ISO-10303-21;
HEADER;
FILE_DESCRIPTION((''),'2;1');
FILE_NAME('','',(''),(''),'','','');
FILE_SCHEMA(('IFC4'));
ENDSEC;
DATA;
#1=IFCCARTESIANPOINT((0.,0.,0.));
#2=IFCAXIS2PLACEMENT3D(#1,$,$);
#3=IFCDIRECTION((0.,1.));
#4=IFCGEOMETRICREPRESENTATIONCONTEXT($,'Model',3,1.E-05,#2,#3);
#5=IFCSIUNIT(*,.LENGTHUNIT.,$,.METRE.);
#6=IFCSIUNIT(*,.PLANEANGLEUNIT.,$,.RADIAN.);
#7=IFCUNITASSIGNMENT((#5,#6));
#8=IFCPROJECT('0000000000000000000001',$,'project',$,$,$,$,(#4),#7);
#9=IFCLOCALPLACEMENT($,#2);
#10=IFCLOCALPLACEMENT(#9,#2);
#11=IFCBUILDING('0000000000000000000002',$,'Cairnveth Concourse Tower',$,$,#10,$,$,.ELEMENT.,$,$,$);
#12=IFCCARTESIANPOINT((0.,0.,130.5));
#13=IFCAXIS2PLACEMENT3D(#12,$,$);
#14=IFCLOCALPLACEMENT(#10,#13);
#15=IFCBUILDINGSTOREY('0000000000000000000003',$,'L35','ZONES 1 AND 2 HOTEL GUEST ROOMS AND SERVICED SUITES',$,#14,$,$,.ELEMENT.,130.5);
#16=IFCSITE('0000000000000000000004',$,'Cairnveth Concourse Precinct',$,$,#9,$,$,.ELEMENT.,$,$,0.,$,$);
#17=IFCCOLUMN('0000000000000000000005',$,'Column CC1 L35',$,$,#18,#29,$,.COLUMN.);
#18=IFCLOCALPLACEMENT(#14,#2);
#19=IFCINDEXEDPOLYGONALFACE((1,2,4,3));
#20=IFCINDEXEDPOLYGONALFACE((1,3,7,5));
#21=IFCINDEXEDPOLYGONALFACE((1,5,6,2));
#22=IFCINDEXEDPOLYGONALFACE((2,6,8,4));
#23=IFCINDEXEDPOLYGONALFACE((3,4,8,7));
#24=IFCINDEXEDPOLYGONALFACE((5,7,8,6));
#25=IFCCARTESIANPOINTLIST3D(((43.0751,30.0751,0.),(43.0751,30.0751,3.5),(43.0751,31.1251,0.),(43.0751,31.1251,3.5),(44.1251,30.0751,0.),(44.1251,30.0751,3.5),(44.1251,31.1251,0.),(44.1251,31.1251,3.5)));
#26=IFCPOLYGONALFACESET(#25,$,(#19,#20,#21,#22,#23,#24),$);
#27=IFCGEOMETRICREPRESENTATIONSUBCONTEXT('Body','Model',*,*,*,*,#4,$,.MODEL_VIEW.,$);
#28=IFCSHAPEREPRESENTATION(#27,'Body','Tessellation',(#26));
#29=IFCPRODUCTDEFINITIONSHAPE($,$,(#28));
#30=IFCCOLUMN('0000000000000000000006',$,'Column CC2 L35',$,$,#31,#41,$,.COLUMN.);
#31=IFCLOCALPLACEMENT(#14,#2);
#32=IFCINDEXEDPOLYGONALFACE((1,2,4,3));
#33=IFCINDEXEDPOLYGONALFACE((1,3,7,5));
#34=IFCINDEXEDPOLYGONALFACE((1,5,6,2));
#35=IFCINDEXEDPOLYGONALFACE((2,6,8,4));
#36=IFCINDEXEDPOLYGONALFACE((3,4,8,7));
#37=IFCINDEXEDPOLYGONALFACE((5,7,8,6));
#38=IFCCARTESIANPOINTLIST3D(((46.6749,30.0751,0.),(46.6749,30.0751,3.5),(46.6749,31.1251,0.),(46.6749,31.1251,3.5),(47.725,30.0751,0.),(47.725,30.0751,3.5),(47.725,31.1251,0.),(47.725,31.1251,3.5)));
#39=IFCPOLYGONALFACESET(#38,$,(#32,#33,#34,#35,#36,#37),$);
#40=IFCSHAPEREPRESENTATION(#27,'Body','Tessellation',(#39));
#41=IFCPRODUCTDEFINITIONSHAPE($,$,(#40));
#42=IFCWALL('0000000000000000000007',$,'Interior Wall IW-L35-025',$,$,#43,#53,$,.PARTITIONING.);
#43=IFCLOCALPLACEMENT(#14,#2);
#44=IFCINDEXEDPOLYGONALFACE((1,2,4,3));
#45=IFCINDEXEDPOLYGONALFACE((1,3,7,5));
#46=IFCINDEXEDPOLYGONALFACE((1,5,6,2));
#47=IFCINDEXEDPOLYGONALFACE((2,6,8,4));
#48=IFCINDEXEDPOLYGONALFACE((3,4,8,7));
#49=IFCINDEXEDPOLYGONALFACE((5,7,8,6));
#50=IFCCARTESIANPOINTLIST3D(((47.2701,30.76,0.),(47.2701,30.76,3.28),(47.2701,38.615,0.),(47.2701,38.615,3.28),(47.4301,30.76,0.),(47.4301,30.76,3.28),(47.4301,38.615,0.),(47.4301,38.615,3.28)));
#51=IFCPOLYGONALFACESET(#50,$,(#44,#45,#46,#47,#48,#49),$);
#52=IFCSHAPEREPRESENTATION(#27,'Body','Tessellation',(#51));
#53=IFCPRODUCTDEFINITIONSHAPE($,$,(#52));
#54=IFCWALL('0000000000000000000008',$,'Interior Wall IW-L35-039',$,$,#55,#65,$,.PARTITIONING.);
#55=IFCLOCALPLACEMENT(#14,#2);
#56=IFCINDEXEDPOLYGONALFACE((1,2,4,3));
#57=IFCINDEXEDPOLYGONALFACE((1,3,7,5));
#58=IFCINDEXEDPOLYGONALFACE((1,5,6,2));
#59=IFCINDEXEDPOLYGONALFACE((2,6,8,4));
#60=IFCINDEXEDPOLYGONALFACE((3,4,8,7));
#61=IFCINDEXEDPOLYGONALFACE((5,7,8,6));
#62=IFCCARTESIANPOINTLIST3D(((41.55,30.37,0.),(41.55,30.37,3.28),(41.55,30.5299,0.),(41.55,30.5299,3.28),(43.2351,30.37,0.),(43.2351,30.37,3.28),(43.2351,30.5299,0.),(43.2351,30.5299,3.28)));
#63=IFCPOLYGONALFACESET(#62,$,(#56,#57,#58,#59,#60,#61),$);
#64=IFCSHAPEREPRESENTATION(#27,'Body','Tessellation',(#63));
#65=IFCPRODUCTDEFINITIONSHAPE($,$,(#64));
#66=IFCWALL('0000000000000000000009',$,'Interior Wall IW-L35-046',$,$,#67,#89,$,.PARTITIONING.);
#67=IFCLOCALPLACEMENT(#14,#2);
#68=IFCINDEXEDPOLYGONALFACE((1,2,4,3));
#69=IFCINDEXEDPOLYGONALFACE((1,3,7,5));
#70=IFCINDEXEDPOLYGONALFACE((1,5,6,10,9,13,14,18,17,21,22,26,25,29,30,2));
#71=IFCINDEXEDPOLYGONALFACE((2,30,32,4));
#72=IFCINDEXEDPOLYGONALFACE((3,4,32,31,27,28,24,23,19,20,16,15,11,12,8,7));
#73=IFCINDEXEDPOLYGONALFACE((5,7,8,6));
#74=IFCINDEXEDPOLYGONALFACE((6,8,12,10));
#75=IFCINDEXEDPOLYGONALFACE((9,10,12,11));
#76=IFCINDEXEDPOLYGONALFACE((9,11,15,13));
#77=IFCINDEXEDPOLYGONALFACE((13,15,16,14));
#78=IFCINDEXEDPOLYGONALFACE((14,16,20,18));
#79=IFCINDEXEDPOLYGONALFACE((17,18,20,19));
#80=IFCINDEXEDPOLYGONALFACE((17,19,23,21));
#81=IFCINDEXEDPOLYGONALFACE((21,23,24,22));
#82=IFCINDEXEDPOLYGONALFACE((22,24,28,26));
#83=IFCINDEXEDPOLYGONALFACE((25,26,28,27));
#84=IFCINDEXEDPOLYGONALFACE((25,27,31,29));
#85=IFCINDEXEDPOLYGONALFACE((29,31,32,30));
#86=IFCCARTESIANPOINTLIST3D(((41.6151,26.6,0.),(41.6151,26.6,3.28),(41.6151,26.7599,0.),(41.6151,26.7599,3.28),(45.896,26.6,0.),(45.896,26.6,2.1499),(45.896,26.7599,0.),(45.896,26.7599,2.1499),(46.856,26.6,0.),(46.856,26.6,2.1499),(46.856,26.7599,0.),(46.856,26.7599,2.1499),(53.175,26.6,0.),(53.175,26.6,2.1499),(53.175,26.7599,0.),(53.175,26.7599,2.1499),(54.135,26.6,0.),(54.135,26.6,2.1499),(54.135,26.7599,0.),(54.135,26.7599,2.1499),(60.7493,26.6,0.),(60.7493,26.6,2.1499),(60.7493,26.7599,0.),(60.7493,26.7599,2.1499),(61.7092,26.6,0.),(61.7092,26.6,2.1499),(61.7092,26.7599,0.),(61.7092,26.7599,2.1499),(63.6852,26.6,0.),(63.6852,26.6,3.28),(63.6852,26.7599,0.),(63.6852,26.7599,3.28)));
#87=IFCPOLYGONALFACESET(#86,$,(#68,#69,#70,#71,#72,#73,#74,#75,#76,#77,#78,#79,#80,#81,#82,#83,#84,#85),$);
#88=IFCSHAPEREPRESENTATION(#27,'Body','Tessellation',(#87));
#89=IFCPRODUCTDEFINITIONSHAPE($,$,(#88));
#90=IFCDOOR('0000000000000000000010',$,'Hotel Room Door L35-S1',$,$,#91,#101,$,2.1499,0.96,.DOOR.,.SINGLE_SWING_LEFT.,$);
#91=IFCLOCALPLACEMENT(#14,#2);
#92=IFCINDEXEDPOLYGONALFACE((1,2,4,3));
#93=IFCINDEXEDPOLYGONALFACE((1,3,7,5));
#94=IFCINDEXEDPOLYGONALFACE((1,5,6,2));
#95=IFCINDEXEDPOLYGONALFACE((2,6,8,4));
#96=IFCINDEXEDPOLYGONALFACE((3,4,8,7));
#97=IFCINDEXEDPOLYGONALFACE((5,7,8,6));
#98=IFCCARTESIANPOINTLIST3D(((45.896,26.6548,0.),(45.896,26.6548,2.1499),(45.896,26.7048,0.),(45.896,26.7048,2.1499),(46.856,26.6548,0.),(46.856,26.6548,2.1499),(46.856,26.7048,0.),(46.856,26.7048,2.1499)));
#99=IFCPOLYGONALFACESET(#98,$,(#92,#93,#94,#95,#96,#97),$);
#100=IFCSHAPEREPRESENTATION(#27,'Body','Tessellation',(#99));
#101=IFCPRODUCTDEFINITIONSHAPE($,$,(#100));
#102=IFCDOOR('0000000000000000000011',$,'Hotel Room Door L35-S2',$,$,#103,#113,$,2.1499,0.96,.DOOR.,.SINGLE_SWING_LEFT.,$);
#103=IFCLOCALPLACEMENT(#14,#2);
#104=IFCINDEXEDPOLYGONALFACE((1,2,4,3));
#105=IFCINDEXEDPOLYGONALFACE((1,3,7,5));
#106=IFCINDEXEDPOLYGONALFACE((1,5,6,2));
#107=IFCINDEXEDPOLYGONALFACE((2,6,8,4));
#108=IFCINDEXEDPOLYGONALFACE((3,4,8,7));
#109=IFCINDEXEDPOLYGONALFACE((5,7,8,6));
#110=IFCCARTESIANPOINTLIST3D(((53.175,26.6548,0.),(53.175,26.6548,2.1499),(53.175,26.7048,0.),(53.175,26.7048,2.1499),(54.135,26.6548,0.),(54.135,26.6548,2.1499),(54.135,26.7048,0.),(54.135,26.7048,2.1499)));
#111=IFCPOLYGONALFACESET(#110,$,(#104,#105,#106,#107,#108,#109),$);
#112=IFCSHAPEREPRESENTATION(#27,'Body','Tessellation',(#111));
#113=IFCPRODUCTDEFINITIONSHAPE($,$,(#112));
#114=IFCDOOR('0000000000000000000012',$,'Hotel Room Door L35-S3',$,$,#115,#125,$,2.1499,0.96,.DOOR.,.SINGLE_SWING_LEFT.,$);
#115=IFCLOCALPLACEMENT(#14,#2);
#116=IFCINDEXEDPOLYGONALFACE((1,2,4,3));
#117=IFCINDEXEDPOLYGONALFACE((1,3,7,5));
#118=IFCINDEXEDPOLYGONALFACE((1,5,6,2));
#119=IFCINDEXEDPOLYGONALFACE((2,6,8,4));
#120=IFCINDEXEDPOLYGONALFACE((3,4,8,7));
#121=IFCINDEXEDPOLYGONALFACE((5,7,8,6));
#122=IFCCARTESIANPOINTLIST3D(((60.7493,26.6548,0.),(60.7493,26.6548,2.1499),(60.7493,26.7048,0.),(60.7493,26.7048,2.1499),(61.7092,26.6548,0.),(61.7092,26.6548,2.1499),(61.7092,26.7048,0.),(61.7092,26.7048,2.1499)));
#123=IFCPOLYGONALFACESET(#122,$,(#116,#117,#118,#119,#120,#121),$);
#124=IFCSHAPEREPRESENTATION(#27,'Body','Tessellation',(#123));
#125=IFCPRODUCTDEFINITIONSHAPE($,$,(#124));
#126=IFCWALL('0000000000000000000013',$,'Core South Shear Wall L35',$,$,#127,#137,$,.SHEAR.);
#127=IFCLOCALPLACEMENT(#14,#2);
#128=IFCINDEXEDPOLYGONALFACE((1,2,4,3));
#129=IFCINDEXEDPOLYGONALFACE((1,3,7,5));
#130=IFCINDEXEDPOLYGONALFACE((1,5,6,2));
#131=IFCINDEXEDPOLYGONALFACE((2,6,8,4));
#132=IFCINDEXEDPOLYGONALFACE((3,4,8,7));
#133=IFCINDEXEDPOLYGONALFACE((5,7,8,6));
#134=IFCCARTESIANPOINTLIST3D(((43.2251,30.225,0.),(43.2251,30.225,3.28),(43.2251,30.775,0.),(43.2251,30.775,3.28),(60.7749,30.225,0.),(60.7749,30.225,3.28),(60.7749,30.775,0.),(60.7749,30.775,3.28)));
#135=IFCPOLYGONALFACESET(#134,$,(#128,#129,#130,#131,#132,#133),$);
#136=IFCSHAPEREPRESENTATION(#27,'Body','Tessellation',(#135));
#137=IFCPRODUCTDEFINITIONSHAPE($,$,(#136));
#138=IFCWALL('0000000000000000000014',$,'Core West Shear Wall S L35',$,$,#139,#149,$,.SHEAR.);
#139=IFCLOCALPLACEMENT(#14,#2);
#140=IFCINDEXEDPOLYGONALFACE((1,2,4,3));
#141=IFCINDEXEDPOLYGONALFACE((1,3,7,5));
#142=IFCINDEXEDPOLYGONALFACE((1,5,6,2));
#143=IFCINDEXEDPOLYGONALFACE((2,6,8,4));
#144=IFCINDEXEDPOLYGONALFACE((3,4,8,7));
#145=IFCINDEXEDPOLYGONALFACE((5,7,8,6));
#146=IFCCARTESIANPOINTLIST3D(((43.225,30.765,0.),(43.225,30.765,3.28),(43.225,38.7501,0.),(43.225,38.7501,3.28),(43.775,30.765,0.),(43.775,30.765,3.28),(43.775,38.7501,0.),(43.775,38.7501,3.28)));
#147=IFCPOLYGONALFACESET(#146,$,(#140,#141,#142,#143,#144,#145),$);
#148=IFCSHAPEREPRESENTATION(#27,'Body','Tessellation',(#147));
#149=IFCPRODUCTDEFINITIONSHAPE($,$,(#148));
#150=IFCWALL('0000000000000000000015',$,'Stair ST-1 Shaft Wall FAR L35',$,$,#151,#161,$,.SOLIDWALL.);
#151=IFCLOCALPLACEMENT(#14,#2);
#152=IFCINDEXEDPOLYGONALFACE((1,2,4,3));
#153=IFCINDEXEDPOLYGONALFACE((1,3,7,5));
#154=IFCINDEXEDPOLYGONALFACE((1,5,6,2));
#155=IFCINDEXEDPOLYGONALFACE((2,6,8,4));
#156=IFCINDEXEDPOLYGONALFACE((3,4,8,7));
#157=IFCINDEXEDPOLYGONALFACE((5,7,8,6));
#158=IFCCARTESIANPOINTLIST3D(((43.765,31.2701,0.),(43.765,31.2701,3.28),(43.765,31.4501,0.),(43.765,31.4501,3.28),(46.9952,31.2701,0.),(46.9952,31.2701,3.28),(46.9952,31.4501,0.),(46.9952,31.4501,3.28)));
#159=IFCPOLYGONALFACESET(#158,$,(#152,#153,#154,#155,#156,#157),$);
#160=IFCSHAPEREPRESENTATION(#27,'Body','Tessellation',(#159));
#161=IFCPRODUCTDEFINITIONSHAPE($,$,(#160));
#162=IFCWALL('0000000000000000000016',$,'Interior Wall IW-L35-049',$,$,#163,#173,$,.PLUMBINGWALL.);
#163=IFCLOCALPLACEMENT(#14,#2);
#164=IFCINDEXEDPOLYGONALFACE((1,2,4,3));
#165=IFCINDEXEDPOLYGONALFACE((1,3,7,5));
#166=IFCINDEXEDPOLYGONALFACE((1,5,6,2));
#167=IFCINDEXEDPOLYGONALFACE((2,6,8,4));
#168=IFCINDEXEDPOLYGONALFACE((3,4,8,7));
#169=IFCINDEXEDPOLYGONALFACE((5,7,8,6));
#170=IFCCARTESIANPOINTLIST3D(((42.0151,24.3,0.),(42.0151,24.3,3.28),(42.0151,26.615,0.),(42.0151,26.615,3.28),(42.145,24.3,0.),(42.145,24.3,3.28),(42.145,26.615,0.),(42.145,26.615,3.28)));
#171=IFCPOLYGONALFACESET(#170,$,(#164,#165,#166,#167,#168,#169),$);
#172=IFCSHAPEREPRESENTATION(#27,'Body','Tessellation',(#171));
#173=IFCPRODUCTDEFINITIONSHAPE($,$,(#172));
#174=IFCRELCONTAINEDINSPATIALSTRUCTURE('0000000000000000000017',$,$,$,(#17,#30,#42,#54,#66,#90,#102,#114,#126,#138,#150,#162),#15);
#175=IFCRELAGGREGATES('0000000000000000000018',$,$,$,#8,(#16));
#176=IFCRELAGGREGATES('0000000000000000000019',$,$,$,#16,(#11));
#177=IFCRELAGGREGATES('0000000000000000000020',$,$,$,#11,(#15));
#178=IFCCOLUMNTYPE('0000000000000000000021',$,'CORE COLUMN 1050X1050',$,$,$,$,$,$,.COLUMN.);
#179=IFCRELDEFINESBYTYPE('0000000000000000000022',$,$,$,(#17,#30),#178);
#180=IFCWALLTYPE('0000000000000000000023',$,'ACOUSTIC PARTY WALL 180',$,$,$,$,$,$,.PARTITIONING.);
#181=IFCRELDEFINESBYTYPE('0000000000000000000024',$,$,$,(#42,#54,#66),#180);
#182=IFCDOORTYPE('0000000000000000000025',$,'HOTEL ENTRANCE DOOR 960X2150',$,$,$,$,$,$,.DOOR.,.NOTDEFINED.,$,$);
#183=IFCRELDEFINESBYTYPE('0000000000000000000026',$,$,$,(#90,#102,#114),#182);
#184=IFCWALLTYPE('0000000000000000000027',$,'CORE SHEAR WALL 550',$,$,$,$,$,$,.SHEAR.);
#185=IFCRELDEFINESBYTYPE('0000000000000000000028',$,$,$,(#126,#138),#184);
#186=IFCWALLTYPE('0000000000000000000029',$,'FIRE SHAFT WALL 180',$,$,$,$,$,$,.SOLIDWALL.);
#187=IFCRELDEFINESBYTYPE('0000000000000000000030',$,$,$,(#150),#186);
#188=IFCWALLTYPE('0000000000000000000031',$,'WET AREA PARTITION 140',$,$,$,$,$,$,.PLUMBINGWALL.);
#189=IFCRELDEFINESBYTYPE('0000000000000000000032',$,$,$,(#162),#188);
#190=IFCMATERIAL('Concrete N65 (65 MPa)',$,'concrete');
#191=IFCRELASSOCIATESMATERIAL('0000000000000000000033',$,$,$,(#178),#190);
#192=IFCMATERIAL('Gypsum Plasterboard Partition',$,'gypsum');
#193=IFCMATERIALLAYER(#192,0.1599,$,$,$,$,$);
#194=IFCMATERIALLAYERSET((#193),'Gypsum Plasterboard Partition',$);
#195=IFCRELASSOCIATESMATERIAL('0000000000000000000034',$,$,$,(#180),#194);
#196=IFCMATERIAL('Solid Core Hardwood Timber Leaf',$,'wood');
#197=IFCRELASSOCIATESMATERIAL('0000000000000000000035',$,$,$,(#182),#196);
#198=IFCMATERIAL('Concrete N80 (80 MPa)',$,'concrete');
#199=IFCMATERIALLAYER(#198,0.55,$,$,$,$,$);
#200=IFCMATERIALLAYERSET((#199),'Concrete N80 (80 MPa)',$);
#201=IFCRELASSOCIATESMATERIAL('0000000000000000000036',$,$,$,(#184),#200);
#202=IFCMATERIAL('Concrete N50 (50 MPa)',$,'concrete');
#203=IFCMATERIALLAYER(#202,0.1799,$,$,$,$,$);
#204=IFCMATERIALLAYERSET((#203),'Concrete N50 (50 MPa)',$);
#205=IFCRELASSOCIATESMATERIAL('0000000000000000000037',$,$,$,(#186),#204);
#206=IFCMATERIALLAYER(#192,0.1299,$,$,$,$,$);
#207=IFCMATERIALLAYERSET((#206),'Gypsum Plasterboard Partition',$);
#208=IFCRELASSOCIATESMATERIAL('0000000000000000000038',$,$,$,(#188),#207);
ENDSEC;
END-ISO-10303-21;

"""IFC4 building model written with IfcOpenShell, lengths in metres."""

from ifc_helpers import new_model, si_unit, direction, frame, frame_2d, origin, origin_2d, place, context, subcontext, project, spatial, rectangle, extrude, material, layer, layer_set, material_profile, profile_set, type_object, element, fill, save


model = new_model("IFC4")

# Units and contexts
model_context = context("Model", 3, precision=1e-05, world=origin(), true_north=direction((0.0, 1.0)))
body_context = subcontext(model_context, "Body", "Model", "MODEL_VIEW")
ifc_project = project(units=[si_unit("LENGTHUNIT", "METRE"), si_unit("PLANEANGLEUNIT", "RADIAN")], contexts=[model_context])

# Site, building, storey
site_placement = place(None, origin())
site = spatial("IfcSite", under=ifc_project, at=site_placement, Name="Cairnveth Concourse Precinct", CompositionType="ELEMENT", RefElevation=0.0)
building_placement = place(site_placement, origin())
building = spatial("IfcBuilding", under=site, at=building_placement, Name="Cairnveth Concourse Tower", CompositionType="ELEMENT")
storey_placement = place(building_placement, frame((0.0, 0.0, 130.5)))
storey = spatial("IfcBuildingStorey", under=building, at=storey_placement, Name="L35", Description="ZONES 1 AND 2 HOTEL GUEST ROOMS AND SERVICED SUITES", CompositionType="ELEMENT", Elevation=130.5)

# Columns
ifc_material_1 = material(Name="Concrete N65 (65 MPa)", Category="concrete")
ifc_material_profile = material_profile(ifc_material_1, rectangle(XDim=1.05, YDim=1.05, at=origin_2d()), Name="RC-COL-1050x1050")
ifc_profile_set = profile_set([ifc_material_profile], Name="Concrete N65 (65 MPa)")
column_type = type_object("IfcColumnType", Name="CORE COLUMN 1050X1050", PredefinedType="COLUMN", material=ifc_profile_set)
for number, where, z_axis, x_axis, name in (
    (1, (43.6001, 30.6001, 0.0), (0.0, 0.0, 1.0), (1.0, 0.0, 0.0), "Column CC1 L35"),
    (2, (47.2, 30.6001, 0.0), (0.0, 0.0, 1.0), (1.0, 0.0, 0.0), "Column CC2 L35"),
):
    element("IfcColumn", number, at=place(storey_placement, frame(where, z_axis=z_axis, x_axis=x_axis)), inside=storey, type_object=column_type, Name=name, PredefinedType="COLUMN", context=body_context, shape_type="SweptSolid", body=[
        extrude(rectangle(XDim=1.05, YDim=1.05, at=origin_2d()), origin(), (0.0, 0.0, 1.0), 3.5),
    ])

# Walls
ifc_material_2 = material(Name="Gypsum Plasterboard Partition", Category="gypsum")
ifc_layer_1 = layer(ifc_material_2, 0.1599)
ifc_layer_set_1 = layer_set([ifc_layer_1], Name="Gypsum Plasterboard Partition")
wall_type_1 = type_object("IfcWallType", Name="ACOUSTIC PARTY WALL 180", PredefinedType="PARTITIONING", material=ifc_layer_set_1)
wall_1_placement = place(storey_placement, frame((47.3501, 30.76, 0.0), z_axis=(0.0, 0.0, 1.0), x_axis=(0.0, 1.0, 0.0)))
element("IfcWall", 3, at=wall_1_placement, inside=storey, type_object=wall_type_1, Name="Interior Wall IW-L35-025", PredefinedType="PARTITIONING", context=body_context, shape_type="SweptSolid", body=[
    extrude(rectangle(XDim=7.855, YDim=0.1599, at=frame_2d((3.9275, 0.0))), origin(), (0.0, 0.0, 1.0), 3.28),
])
wall_2_placement = place(storey_placement, frame((41.55, 30.45, 0.0), z_axis=(0.0, 0.0, 1.0), x_axis=(1.0, 0.0, 0.0)))
element("IfcWall", 4, at=wall_2_placement, inside=storey, type_object=wall_type_1, Name="Interior Wall IW-L35-039", PredefinedType="PARTITIONING", context=body_context, shape_type="SweptSolid", body=[
    extrude(rectangle(XDim=1.6851, YDim=0.1599, at=frame_2d((0.8425, 0.0))), origin(), (0.0, 0.0, 1.0), 3.28),
])

# Wall, openings, doors
wall_3_placement = place(storey_placement, frame((41.615, 26.6799, 0.0), z_axis=(0.0, 0.0, 1.0), x_axis=(1.0, 0.0, 0.0)))
wall_3 = element("IfcWall", 5, at=wall_3_placement, inside=storey, type_object=wall_type_1, Name="Interior Wall IW-L35-046", PredefinedType="PARTITIONING", context=body_context, shape_type="SweptSolid", body=[
    extrude(rectangle(XDim=22.0701, YDim=0.1599, at=frame_2d((11.0352, 0.0))), origin(), (0.0, 0.0, 1.0), 3.28),
])
opening_1_placement = place(wall_3_placement, frame((4.281, 0.0, 0.0)))
opening_1 = element("IfcOpeningElement", 6, at=opening_1_placement, cuts=wall_3, PredefinedType="OPENING", context=body_context, shape_type="SweptSolid", body=[
    extrude(rectangle(XDim=0.96, YDim=2.1499, at=frame_2d((0.48, 1.075))), frame((0.0, 0.0898, 0.0), z_axis=(0.0, -1.0, 0.0), x_axis=(1.0, 0.0, 0.0)), (0.0, 0.0, 1.0), 0.1799),
])
opening_2_placement = place(wall_3_placement, frame((11.5601, 0.0, 0.0)))
opening_2 = element("IfcOpeningElement", 7, at=opening_2_placement, cuts=wall_3, PredefinedType="OPENING", context=body_context, shape_type="SweptSolid", body=[
    extrude(rectangle(XDim=0.96, YDim=2.1499, at=frame_2d((0.48, 1.075))), frame((0.0, 0.0898, 0.0), z_axis=(0.0, -1.0, 0.0), x_axis=(1.0, 0.0, 0.0)), (0.0, 0.0, 1.0), 0.1799),
])
opening_3_placement = place(wall_3_placement, frame((19.1343, 0.0, 0.0)))
opening_3 = element("IfcOpeningElement", 8, at=opening_3_placement, cuts=wall_3, PredefinedType="OPENING", context=body_context, shape_type="SweptSolid", body=[
    extrude(rectangle(XDim=0.96, YDim=2.1499, at=frame_2d((0.48, 1.075))), frame((0.0, 0.0898, 0.0), z_axis=(0.0, -1.0, 0.0), x_axis=(1.0, 0.0, 0.0)), (0.0, 0.0, 1.0), 0.1799),
])
ifc_material_3 = material(Name="Solid Core Hardwood Timber Leaf", Category="wood")
door_type_1 = type_object("IfcDoorType", Name="HOTEL ENTRANCE DOOR 960X2150", OperationType="NOTDEFINED", PredefinedType="DOOR", material=ifc_material_3)
door_1_placement = place(opening_1_placement, origin())
door_1 = element("IfcDoor", 9, at=door_1_placement, inside=storey, type_object=door_type_1, Name="Hotel Room Door L35-S1", OperationType="SINGLE_SWING_LEFT", OverallHeight=2.1499, OverallWidth=0.96, PredefinedType="DOOR", context=body_context, shape_type="SweptSolid", body=[
    extrude(rectangle(XDim=0.96, YDim=2.1499, at=frame_2d((0.48, 1.075))), frame((0.0, 0.0249, 0.0), z_axis=(0.0, -1.0, 0.0), x_axis=(1.0, 0.0, 0.0)), (0.0, 0.0, 1.0), 0.05),
])
fill(opening_1, door_1)
door_2_placement = place(opening_2_placement, origin())
door_2 = element("IfcDoor", 10, at=door_2_placement, inside=storey, type_object=door_type_1, Name="Hotel Room Door L35-S2", OperationType="SINGLE_SWING_LEFT", OverallHeight=2.1499, OverallWidth=0.96, PredefinedType="DOOR", context=body_context, shape_type="SweptSolid", body=[
    extrude(rectangle(XDim=0.96, YDim=2.1499, at=frame_2d((0.48, 1.075))), frame((0.0, 0.0249, 0.0), z_axis=(0.0, -1.0, 0.0), x_axis=(1.0, 0.0, 0.0)), (0.0, 0.0, 1.0), 0.05),
])
fill(opening_2, door_2)
door_3_placement = place(opening_3_placement, origin())
door_3 = element("IfcDoor", 11, at=door_3_placement, inside=storey, type_object=door_type_1, Name="Hotel Room Door L35-S3", OperationType="SINGLE_SWING_LEFT", OverallHeight=2.1499, OverallWidth=0.96, PredefinedType="DOOR", context=body_context, shape_type="SweptSolid", body=[
    extrude(rectangle(XDim=0.96, YDim=2.1499, at=frame_2d((0.48, 1.075))), frame((0.0, 0.0249, 0.0), z_axis=(0.0, -1.0, 0.0), x_axis=(1.0, 0.0, 0.0)), (0.0, 0.0, 1.0), 0.05),
])
fill(opening_3, door_3)

# Walls
ifc_material_4 = material(Name="Concrete N80 (80 MPa)", Category="concrete")
ifc_layer_2 = layer(ifc_material_4, 0.55)
ifc_layer_set_2 = layer_set([ifc_layer_2], Name="Concrete N80 (80 MPa)")
wall_type_2 = type_object("IfcWallType", Name="CORE SHEAR WALL 550", PredefinedType="SHEAR", material=ifc_layer_set_2)
wall_4_placement = place(storey_placement, frame((43.2251, 30.5, 0.0), z_axis=(0.0, 0.0, 1.0), x_axis=(1.0, 0.0, 0.0)))
element("IfcWall", 12, at=wall_4_placement, inside=storey, type_object=wall_type_2, Name="Core South Shear Wall L35", PredefinedType="SHEAR", context=body_context, shape_type="SweptSolid", body=[
    extrude(rectangle(XDim=17.5498, YDim=0.55, at=frame_2d((8.7749, 0.0))), origin(), (0.0, 0.0, 1.0), 3.28),
])
wall_5_placement = place(storey_placement, frame((43.5, 30.7649, 0.0), z_axis=(0.0, 0.0, 1.0), x_axis=(0.0, 1.0, 0.0)))
element("IfcWall", 13, at=wall_5_placement, inside=storey, type_object=wall_type_2, Name="Core West Shear Wall S L35", PredefinedType="SHEAR", context=body_context, shape_type="SweptSolid", body=[
    extrude(rectangle(XDim=7.9851, YDim=0.55, at=frame_2d((3.9927, 0.0))), origin(), (0.0, 0.0, 1.0), 3.28),
])
ifc_material_5 = material(Name="Concrete N50 (50 MPa)", Category="concrete")
ifc_layer_3 = layer(ifc_material_5, 0.1799)
ifc_layer_set_3 = layer_set([ifc_layer_3], Name="Concrete N50 (50 MPa)")
wall_type_3 = type_object("IfcWallType", Name="FIRE SHAFT WALL 180", PredefinedType="SOLIDWALL", material=ifc_layer_set_3)
wall_6_placement = place(storey_placement, frame((43.7649, 31.3601, 0.0), z_axis=(0.0, 0.0, 1.0), x_axis=(1.0, 0.0, 0.0)))
element("IfcWall", 14, at=wall_6_placement, inside=storey, type_object=wall_type_3, Name="Stair ST-1 Shaft Wall FAR L35", PredefinedType="SOLIDWALL", context=body_context, shape_type="SweptSolid", body=[
    extrude(rectangle(XDim=3.2302, YDim=0.1799, at=frame_2d((1.6152, 0.0))), origin(), (0.0, 0.0, 1.0), 3.28),
])
ifc_layer_4 = layer(ifc_material_2, 0.1299)
ifc_layer_set_4 = layer_set([ifc_layer_4], Name="Gypsum Plasterboard Partition")
wall_type_4 = type_object("IfcWallType", Name="WET AREA PARTITION 140", PredefinedType="PLUMBINGWALL", material=ifc_layer_set_4)
for number, where, z_axis, x_axis, name in (
    (15, (42.0801, 24.3, 0.0), (0.0, 0.0, 1.0), (0.0, 1.0, 0.0), "Interior Wall IW-L35-049"),
):
    element("IfcWall", number, at=place(storey_placement, frame(where, z_axis=z_axis, x_axis=x_axis)), inside=storey, type_object=wall_type_4, Name=name, PredefinedType="PLUMBINGWALL", context=body_context, shape_type="SweptSolid", body=[
        extrude(rectangle(XDim=2.3149, YDim=0.1299, at=frame_2d((1.1575, 0.0))), origin(), (0.0, 0.0, 1.0), 3.28),
    ])

save(model, "model.ifc")
